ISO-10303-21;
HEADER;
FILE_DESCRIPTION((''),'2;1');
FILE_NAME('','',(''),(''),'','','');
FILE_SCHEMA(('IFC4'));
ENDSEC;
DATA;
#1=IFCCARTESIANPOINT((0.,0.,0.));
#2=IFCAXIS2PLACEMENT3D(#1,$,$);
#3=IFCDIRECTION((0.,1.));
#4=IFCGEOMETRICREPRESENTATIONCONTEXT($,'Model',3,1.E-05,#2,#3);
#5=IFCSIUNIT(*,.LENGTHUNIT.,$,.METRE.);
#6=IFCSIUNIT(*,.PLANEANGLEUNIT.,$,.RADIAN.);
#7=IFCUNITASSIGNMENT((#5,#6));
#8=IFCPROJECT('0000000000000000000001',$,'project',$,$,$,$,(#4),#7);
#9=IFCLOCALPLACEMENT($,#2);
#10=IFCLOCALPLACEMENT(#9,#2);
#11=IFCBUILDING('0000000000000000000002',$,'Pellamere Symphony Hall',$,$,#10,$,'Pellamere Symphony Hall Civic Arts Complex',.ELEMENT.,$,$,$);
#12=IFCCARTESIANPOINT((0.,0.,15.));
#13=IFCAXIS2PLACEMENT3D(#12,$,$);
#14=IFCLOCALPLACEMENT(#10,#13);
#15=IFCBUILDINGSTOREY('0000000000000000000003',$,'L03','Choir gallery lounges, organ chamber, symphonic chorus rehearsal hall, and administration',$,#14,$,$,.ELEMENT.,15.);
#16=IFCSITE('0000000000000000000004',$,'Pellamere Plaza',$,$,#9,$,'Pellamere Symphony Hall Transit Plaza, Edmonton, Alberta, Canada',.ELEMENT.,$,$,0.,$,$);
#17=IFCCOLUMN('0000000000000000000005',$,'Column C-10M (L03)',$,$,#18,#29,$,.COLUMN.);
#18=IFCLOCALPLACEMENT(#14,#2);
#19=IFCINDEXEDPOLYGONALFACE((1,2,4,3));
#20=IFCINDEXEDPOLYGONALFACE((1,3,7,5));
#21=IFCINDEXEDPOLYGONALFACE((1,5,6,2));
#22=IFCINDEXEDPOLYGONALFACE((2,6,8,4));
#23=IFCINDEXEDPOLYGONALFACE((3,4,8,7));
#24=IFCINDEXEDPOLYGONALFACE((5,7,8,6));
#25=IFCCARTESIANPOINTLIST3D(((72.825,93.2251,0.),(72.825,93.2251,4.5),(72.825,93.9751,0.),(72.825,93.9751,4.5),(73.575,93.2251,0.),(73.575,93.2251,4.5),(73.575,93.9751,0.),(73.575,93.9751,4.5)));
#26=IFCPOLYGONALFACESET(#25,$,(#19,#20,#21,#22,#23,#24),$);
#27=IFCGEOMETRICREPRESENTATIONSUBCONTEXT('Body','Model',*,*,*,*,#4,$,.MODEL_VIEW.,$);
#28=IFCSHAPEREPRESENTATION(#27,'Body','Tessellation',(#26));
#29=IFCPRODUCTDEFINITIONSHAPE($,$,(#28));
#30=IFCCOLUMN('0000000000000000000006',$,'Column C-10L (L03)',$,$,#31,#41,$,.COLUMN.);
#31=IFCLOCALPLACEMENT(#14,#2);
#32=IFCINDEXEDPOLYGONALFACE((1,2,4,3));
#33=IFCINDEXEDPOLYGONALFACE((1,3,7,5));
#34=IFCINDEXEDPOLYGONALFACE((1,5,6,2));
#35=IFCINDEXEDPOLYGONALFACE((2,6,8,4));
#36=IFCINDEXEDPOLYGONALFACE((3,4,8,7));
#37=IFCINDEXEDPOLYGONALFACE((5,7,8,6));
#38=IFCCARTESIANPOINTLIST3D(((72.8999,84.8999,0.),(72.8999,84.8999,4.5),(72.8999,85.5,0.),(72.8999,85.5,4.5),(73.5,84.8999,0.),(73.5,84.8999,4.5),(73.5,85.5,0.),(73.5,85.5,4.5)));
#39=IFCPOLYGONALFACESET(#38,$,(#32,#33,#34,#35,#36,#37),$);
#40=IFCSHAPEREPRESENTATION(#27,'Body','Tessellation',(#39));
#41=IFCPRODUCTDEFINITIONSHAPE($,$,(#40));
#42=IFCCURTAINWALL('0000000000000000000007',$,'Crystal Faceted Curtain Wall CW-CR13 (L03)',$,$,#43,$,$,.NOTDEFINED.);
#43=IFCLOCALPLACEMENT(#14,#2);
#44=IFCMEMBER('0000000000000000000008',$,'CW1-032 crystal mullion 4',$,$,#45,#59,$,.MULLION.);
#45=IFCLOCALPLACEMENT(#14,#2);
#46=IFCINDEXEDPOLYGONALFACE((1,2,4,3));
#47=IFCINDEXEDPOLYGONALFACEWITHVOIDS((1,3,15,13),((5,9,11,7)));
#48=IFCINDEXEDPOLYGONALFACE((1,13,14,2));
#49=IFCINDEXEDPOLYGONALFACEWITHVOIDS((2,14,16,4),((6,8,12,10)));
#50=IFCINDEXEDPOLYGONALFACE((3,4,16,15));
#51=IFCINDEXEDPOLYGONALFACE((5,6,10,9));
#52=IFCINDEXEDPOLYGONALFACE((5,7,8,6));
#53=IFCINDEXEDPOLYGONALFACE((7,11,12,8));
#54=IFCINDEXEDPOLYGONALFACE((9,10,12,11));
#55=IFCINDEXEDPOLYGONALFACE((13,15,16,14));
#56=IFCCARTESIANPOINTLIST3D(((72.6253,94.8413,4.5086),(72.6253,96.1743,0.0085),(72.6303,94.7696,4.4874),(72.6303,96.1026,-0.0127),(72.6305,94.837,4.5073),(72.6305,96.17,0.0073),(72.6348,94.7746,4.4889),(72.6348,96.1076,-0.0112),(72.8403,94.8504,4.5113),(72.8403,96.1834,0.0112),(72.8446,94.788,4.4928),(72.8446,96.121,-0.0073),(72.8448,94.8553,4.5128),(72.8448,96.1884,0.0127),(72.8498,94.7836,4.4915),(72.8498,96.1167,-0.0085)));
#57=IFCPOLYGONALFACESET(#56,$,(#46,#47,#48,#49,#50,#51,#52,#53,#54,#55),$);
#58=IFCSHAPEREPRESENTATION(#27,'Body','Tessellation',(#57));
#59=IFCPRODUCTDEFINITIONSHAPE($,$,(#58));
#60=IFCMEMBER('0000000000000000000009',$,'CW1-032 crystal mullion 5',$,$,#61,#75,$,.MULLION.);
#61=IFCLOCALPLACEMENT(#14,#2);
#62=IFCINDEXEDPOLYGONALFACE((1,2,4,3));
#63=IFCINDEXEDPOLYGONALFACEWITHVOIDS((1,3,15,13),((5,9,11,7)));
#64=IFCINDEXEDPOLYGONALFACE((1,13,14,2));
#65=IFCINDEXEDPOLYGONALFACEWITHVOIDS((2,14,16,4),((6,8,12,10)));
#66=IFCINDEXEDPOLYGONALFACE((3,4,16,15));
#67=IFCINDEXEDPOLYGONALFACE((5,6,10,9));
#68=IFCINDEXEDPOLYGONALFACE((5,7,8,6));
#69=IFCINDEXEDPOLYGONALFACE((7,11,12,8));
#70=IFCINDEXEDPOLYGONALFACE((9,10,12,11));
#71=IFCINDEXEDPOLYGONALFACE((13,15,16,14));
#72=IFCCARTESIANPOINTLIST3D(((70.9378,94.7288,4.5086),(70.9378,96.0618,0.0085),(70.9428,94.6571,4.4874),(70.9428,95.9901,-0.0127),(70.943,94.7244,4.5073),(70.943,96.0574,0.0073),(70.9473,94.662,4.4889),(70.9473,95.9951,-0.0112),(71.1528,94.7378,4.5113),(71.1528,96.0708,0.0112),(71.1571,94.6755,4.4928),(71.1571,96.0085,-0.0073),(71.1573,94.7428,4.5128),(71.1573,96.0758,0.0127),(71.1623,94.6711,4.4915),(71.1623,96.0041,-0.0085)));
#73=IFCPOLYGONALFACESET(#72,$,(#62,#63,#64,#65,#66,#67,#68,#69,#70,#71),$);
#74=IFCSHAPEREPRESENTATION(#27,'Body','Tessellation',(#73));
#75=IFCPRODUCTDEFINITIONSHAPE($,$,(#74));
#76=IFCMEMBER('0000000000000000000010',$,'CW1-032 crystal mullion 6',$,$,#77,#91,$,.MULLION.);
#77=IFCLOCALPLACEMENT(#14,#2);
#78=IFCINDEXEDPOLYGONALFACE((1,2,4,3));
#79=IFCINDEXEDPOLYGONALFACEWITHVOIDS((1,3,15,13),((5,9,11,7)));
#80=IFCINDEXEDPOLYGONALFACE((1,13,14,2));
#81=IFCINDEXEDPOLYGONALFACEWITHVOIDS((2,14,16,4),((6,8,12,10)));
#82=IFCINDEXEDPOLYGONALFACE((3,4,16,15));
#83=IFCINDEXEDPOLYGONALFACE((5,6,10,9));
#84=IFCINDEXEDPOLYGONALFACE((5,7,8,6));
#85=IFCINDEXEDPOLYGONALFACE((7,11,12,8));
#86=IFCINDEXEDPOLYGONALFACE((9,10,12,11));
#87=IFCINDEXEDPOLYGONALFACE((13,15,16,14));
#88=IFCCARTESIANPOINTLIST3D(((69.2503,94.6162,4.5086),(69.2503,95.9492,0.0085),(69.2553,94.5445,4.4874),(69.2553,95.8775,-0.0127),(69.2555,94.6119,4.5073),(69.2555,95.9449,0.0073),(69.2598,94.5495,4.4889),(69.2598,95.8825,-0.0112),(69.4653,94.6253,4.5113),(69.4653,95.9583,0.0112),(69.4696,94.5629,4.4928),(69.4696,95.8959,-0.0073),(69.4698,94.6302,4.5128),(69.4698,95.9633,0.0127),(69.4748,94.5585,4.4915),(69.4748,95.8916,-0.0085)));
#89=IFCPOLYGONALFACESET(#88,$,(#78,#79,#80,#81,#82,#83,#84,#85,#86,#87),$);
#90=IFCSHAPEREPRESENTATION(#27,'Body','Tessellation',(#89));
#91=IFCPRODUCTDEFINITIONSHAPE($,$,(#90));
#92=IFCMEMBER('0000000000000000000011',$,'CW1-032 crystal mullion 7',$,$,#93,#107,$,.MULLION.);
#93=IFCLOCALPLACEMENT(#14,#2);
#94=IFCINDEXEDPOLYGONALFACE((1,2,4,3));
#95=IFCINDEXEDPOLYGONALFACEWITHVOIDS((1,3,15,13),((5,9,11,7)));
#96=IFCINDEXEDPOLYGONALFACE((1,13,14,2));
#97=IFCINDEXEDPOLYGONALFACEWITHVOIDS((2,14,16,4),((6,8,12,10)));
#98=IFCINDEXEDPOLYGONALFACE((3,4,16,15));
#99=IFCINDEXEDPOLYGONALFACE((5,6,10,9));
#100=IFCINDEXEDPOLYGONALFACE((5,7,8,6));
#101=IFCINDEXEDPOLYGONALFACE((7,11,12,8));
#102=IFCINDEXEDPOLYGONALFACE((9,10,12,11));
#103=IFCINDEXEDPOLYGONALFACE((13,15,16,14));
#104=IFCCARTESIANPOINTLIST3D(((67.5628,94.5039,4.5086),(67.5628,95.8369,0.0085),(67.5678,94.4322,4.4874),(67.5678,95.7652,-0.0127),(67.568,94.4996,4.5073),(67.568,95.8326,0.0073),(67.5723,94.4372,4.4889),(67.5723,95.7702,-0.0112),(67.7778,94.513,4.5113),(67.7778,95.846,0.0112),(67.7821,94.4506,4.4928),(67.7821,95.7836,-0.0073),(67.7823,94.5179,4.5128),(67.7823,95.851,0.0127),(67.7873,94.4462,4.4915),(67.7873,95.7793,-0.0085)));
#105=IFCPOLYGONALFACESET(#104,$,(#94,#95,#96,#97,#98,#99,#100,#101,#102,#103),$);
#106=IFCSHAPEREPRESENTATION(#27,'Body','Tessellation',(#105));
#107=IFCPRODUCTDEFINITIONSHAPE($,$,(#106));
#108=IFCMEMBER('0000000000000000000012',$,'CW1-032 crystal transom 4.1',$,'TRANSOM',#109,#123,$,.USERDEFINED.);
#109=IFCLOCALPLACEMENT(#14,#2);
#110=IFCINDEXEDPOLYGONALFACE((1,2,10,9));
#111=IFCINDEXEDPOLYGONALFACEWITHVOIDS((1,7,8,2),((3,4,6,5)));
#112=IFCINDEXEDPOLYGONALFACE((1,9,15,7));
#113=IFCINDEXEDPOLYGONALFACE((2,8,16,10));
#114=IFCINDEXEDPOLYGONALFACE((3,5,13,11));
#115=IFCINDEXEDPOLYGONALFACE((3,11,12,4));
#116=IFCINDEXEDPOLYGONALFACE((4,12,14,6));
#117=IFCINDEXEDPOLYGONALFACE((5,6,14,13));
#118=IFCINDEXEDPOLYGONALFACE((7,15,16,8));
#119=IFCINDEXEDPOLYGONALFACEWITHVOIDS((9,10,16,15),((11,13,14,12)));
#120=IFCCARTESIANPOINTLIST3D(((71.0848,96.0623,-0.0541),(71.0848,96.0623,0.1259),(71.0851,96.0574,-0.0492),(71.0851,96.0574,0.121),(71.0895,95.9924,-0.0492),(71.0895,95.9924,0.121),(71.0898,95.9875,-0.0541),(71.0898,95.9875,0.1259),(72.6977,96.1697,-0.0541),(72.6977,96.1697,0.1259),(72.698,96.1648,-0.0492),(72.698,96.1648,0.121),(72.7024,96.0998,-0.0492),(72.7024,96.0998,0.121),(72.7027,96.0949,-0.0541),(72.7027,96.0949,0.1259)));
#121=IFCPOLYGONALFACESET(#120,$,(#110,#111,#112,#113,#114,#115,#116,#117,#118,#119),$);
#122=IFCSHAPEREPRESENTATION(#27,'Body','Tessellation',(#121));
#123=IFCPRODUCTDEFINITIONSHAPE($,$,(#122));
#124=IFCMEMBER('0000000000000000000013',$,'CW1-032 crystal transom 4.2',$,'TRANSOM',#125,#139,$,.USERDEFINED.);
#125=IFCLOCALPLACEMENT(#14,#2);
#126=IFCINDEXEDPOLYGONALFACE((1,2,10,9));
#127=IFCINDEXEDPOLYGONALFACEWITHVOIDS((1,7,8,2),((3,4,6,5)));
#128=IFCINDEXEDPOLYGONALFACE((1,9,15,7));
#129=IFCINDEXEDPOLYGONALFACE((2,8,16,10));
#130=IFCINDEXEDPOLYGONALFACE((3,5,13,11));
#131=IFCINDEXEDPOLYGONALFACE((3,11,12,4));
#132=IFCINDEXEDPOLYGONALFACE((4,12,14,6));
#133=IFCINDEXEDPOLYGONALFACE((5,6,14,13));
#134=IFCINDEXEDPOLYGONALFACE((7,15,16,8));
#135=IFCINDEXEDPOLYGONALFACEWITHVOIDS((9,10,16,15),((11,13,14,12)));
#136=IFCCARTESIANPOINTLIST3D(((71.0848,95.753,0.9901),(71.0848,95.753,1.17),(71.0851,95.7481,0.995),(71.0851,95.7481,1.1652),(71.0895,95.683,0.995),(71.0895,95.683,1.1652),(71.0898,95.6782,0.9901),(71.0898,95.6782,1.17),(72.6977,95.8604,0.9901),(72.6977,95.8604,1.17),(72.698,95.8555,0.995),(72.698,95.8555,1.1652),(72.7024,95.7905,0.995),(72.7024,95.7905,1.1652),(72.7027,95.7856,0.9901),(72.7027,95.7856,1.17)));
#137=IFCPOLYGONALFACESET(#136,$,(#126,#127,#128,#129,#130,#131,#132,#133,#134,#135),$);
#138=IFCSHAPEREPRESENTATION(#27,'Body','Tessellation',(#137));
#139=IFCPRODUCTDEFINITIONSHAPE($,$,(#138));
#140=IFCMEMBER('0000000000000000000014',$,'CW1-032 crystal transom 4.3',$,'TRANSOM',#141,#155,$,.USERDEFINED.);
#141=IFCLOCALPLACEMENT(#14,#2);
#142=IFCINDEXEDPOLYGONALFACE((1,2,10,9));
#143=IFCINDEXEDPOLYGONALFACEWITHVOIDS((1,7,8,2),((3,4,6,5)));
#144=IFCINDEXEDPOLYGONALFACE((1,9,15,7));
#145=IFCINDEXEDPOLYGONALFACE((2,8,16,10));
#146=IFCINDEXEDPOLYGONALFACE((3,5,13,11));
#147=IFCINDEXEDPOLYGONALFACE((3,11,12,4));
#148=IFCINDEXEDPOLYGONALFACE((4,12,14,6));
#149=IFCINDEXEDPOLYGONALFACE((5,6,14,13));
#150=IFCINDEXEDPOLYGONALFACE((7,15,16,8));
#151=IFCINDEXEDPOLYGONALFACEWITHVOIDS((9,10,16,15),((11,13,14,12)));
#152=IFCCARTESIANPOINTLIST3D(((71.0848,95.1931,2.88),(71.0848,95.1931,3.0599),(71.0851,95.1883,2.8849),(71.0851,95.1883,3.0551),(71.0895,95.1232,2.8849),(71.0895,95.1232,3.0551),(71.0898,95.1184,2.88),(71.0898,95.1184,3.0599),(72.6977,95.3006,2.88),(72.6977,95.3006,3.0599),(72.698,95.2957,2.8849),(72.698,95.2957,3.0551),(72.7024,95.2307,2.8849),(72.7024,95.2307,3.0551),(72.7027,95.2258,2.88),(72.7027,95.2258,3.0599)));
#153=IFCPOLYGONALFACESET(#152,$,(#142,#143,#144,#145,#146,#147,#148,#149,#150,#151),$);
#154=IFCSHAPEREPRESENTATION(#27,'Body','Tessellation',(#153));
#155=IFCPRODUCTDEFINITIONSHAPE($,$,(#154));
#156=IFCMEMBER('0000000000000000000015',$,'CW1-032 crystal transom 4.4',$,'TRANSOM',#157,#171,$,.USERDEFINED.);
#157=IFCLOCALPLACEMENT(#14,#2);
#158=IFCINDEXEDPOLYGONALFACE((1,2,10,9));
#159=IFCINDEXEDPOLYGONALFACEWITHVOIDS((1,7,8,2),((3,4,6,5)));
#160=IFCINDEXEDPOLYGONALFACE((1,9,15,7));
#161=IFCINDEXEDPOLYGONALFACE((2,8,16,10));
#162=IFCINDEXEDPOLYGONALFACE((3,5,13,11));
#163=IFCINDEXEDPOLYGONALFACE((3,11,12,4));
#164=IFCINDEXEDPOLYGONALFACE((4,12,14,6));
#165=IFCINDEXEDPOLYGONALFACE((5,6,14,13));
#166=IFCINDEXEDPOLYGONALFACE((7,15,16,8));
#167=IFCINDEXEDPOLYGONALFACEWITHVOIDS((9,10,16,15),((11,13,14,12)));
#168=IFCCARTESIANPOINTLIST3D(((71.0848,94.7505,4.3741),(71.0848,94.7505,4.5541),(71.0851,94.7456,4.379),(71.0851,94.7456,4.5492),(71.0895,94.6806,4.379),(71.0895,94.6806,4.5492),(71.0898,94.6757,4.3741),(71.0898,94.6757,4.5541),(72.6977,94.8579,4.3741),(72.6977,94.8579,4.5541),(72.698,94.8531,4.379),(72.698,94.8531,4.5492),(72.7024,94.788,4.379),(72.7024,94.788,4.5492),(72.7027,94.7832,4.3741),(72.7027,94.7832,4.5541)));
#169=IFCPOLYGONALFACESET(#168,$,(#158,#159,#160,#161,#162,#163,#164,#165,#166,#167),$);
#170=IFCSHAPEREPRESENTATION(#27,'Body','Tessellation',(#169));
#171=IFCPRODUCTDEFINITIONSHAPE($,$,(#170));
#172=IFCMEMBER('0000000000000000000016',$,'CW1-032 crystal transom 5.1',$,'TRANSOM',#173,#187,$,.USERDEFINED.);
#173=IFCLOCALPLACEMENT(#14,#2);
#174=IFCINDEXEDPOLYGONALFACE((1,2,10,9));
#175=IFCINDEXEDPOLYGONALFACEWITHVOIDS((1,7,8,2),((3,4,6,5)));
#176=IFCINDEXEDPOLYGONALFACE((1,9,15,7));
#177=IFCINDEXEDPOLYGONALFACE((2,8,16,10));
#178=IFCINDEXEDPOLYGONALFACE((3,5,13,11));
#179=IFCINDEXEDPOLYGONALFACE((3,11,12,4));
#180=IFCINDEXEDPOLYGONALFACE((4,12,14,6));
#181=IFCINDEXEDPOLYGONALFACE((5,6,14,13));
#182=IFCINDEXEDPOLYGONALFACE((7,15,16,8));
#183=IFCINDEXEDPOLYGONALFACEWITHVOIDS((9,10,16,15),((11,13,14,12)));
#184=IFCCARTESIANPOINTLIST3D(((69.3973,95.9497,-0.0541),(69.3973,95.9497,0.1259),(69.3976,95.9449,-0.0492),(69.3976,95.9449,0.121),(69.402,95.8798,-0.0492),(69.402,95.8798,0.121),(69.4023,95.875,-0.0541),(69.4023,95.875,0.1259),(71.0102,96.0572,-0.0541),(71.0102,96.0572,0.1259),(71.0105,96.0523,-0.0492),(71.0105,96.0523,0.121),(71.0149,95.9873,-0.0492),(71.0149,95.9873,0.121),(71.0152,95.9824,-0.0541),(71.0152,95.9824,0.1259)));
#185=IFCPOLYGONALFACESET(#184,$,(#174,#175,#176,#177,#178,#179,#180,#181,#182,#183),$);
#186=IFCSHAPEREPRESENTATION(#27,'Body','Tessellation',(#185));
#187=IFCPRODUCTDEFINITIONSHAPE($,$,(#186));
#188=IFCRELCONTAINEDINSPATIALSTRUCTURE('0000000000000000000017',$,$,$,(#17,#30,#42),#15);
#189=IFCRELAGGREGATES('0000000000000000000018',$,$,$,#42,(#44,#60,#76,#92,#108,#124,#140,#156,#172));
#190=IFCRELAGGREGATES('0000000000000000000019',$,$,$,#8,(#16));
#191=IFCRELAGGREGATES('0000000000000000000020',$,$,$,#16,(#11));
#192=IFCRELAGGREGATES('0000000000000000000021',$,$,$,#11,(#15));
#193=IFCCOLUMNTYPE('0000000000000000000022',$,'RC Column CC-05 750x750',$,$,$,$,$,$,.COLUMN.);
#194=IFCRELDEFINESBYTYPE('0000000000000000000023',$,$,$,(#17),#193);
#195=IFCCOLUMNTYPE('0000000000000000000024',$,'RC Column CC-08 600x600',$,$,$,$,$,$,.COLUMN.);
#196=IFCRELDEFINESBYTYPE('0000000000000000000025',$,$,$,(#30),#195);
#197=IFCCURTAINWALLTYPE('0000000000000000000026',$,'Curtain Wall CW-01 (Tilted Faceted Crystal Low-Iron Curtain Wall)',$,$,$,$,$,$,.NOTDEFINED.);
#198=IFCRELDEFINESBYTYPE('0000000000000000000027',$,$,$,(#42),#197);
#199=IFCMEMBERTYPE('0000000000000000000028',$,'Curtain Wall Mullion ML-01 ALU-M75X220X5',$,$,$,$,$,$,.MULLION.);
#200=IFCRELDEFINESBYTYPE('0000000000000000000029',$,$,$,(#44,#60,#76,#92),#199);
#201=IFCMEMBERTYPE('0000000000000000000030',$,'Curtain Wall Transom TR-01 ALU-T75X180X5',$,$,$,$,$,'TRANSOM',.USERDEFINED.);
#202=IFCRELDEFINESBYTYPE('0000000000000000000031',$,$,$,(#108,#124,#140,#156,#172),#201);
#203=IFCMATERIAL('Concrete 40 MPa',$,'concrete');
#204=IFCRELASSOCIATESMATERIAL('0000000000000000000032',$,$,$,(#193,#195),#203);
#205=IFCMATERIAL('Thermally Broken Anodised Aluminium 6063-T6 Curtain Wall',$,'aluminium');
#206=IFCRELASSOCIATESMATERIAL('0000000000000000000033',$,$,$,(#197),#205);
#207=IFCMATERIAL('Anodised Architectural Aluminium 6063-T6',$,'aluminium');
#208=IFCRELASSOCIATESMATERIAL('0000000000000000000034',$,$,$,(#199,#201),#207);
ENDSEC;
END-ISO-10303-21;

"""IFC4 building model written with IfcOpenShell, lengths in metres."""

from ifc_helpers import new_model, si_unit, direction, frame, origin, origin_2d, place, context, subcontext, project, spatial, rectangle, hollow_rectangle, extrude, material, material_profile, profile_set, type_object, element, aggregate, save


model = new_model("IFC4")

# Units and contexts
model_context = context("Model", 3, precision=1e-05, world=origin(), true_north=direction((0.0, 1.0)))
body_context = subcontext(model_context, "Body", "Model", "MODEL_VIEW")
ifc_project = project(units=[si_unit("LENGTHUNIT", "METRE"), si_unit("PLANEANGLEUNIT", "RADIAN")], contexts=[model_context])

# Site, building, storey
site_placement = place(None, origin())
site = spatial("IfcSite", under=ifc_project, at=site_placement, Name="Pellamere Plaza", LongName="Pellamere Symphony Hall Transit Plaza, Edmonton, Alberta, Canada", CompositionType="ELEMENT", RefElevation=0.0)
building_placement = place(site_placement, origin())
building = spatial("IfcBuilding", under=site, at=building_placement, Name="Pellamere Symphony Hall", LongName="Pellamere Symphony Hall Civic Arts Complex", CompositionType="ELEMENT")
storey_placement = place(building_placement, frame((0.0, 0.0, 15.0)))
storey = spatial("IfcBuildingStorey", under=building, at=storey_placement, Name="L03", Description="Choir gallery lounges, organ chamber, symphonic chorus rehearsal hall, and administration", CompositionType="ELEMENT", Elevation=15.0)

# Columns
ifc_material_1 = material(Name="Concrete 40 MPa", Category="concrete")
ifc_material_profile_1 = material_profile(ifc_material_1, rectangle(XDim=0.75, YDim=0.75, at=origin_2d()), Name="RC 750x750")
ifc_profile_set_1 = profile_set([ifc_material_profile_1], Name="Concrete 40 MPa")
column_type_1 = type_object("IfcColumnType", Name="RC Column CC-05 750x750", PredefinedType="COLUMN", material=ifc_profile_set_1)
column_1_placement = place(storey_placement, frame((73.2, 93.6001, 0.0), z_axis=(0.0, 0.0, 1.0), x_axis=(1.0, 0.0, 0.0)))
element("IfcColumn", 1, at=column_1_placement, inside=storey, type_object=column_type_1, Name="Column C-10M (L03)", PredefinedType="COLUMN", context=body_context, shape_type="SweptSolid", body=[
    extrude(rectangle(XDim=0.75, YDim=0.75, at=origin_2d()), origin(), (0.0, 0.0, 1.0), 4.5),
])
ifc_material_profile_2 = material_profile(ifc_material_1, rectangle(XDim=0.6001, YDim=0.6001, at=origin_2d()), Name="RC 600x600")
ifc_profile_set_2 = profile_set([ifc_material_profile_2], Name="Concrete 40 MPa")
column_type_2 = type_object("IfcColumnType", Name="RC Column CC-08 600x600", PredefinedType="COLUMN", material=ifc_profile_set_2)
column_2_placement = place(storey_placement, frame((73.2, 85.2, 0.0), z_axis=(0.0, 0.0, 1.0), x_axis=(1.0, 0.0, 0.0)))
element("IfcColumn", 2, at=column_2_placement, inside=storey, type_object=column_type_2, Name="Column C-10L (L03)", PredefinedType="COLUMN", context=body_context, shape_type="SweptSolid", body=[
    extrude(rectangle(XDim=0.6001, YDim=0.6001, at=origin_2d()), origin(), (0.0, 0.0, 1.0), 4.5),
])

# Curtain wall, members
ifc_material_2 = material(Name="Thermally Broken Anodised Aluminium 6063-T6 Curtain Wall", Category="aluminium")
curtain_wall_type = type_object("IfcCurtainWallType", Name="Curtain Wall CW-01 (Tilted Faceted Crystal Low-Iron Curtain Wall)", PredefinedType="NOTDEFINED", material=ifc_material_2)
curtain_wall_placement = place(storey_placement, origin())
curtain_wall = element("IfcCurtainWall", 3, at=curtain_wall_placement, inside=storey, type_object=curtain_wall_type, Name="Crystal Faceted Curtain Wall CW-CR13 (L03)", PredefinedType="NOTDEFINED")
ifc_material_3 = material(Name="Anodised Architectural Aluminium 6063-T6", Category="aluminium")
ifc_material_profile_3 = material_profile(ifc_material_3, hollow_rectangle(XDim=0.075, YDim=0.22, WallThickness=0.0049, at=origin_2d()), Name="ALU-M75X220X5")
ifc_profile_set_3 = profile_set([ifc_material_profile_3], Name="Anodised Architectural Aluminium 6063-T6")
member_type_1 = type_object("IfcMemberType", Name="Curtain Wall Mullion ML-01 ALU-M75X220X5", PredefinedType="MULLION", material=ifc_profile_set_3)
member_1_placement = place(storey_placement, frame((72.7375, 96.1455, 0.0), z_axis=(0.0, -0.284025, 0.958817), x_axis=(0.066519, -0.956693, -0.283395)))
member_1 = element("IfcMember", 4, at=member_1_placement, type_object=member_type_1, Name="CW1-032 crystal mullion 4", PredefinedType="MULLION", context=body_context, shape_type="SweptSolid", body=[
    extrude(hollow_rectangle(XDim=0.075, YDim=0.22, WallThickness=0.0049, at=origin_2d()), origin(), (0.0, 0.0, 1.0), 4.6934),
])
member_2_placement = place(storey_placement, frame((71.05, 96.033, 0.0), z_axis=(0.0, -0.284025, 0.958817), x_axis=(0.066519, -0.956693, -0.283395)))
member_2 = element("IfcMember", 5, at=member_2_placement, type_object=member_type_1, Name="CW1-032 crystal mullion 5", PredefinedType="MULLION", context=body_context, shape_type="SweptSolid", body=[
    extrude(hollow_rectangle(XDim=0.075, YDim=0.22, WallThickness=0.0049, at=origin_2d()), origin(), (0.0, 0.0, 1.0), 4.6934),
])
member_3_placement = place(storey_placement, frame((69.3625, 95.9204, 0.0), z_axis=(0.0, -0.284025, 0.958817), x_axis=(0.066519, -0.956693, -0.283395)))
member_3 = element("IfcMember", 6, at=member_3_placement, type_object=member_type_1, Name="CW1-032 crystal mullion 6", PredefinedType="MULLION", context=body_context, shape_type="SweptSolid", body=[
    extrude(hollow_rectangle(XDim=0.075, YDim=0.22, WallThickness=0.0049, at=origin_2d()), origin(), (0.0, 0.0, 1.0), 4.6934),
])
member_4_placement = place(storey_placement, frame((67.675, 95.8081, 0.0), z_axis=(0.0, -0.284025, 0.958817), x_axis=(0.066519, -0.956693, -0.283395)))
member_4 = element("IfcMember", 7, at=member_4_placement, type_object=member_type_1, Name="CW1-032 crystal mullion 7", PredefinedType="MULLION", context=body_context, shape_type="SweptSolid", body=[
    extrude(hollow_rectangle(XDim=0.075, YDim=0.22, WallThickness=0.0049, at=origin_2d()), origin(), (0.0, 0.0, 1.0), 4.6934),
])
ifc_material_profile_4 = material_profile(ifc_material_3, hollow_rectangle(XDim=0.075, YDim=0.1799, WallThickness=0.0049, at=origin_2d()), Name="ALU-T75X180X5")
ifc_profile_set_4 = profile_set([ifc_material_profile_4], Name="Anodised Architectural Aluminium 6063-T6")
member_type_2 = type_object("IfcMemberType", Name="Curtain Wall Transom TR-01 ALU-T75X180X5", ElementType="TRANSOM", PredefinedType="USERDEFINED", material=ifc_profile_set_4)
member_5_placement = place(storey_placement, frame((72.7002, 96.1323, 0.0359), z_axis=(-0.997789, -0.066459, 0.0), x_axis=(0.066459, -0.997789, 0.0)))
member_5 = element("IfcMember", 8, at=member_5_placement, type_object=member_type_2, Name="CW1-032 crystal transom 4.1", ObjectType="TRANSOM", PredefinedType="USERDEFINED", context=body_context, shape_type="SweptSolid", body=[
    extrude(hollow_rectangle(XDim=0.075, YDim=0.1799, WallThickness=0.0049, at=origin_2d()), origin(), (0.0, 0.0, 1.0), 1.6165),
])
member_6_placement = place(storey_placement, frame((72.7002, 95.823, 1.0801), z_axis=(-0.997789, -0.066459, 0.0), x_axis=(0.066459, -0.997789, 0.0)))
member_6 = element("IfcMember", 9, at=member_6_placement, type_object=member_type_2, Name="CW1-032 crystal transom 4.2", ObjectType="TRANSOM", PredefinedType="USERDEFINED", context=body_context, shape_type="SweptSolid", body=[
    extrude(hollow_rectangle(XDim=0.075, YDim=0.1799, WallThickness=0.0049, at=origin_2d()), origin(), (0.0, 0.0, 1.0), 1.6165),
])
member_7_placement = place(storey_placement, frame((72.7002, 95.2632, 2.97), z_axis=(-0.997789, -0.066459, 0.0), x_axis=(0.066459, -0.997789, 0.0)))
member_7 = element("IfcMember", 10, at=member_7_placement, type_object=member_type_2, Name="CW1-032 crystal transom 4.3", ObjectType="TRANSOM", PredefinedType="USERDEFINED", context=body_context, shape_type="SweptSolid", body=[
    extrude(hollow_rectangle(XDim=0.075, YDim=0.1799, WallThickness=0.0049, at=origin_2d()), origin(), (0.0, 0.0, 1.0), 1.6165),
])
member_8_placement = place(storey_placement, frame((72.7002, 94.8206, 4.4641), z_axis=(-0.997789, -0.066459, 0.0), x_axis=(0.066459, -0.997789, 0.0)))
member_8 = element("IfcMember", 11, at=member_8_placement, type_object=member_type_2, Name="CW1-032 crystal transom 4.4", ObjectType="TRANSOM", PredefinedType="USERDEFINED", context=body_context, shape_type="SweptSolid", body=[
    extrude(hollow_rectangle(XDim=0.075, YDim=0.1799, WallThickness=0.0049, at=origin_2d()), origin(), (0.0, 0.0, 1.0), 1.6165),
])
member_9_placement = place(storey_placement, frame((71.0127, 96.0198, 0.0359), z_axis=(-0.997789, -0.066459, 0.0), x_axis=(0.066459, -0.997789, 0.0)))
member_9 = element("IfcMember", 12, at=member_9_placement, type_object=member_type_2, Name="CW1-032 crystal transom 5.1", ObjectType="TRANSOM", PredefinedType="USERDEFINED", context=body_context, shape_type="SweptSolid", body=[
    extrude(hollow_rectangle(XDim=0.075, YDim=0.1799, WallThickness=0.0049, at=origin_2d()), origin(), (0.0, 0.0, 1.0), 1.6165),
])

aggregate(curtain_wall, [member_1, member_2, member_3, member_4, member_5, member_6, member_7, member_8, member_9])

save(model, "model.ifc")
